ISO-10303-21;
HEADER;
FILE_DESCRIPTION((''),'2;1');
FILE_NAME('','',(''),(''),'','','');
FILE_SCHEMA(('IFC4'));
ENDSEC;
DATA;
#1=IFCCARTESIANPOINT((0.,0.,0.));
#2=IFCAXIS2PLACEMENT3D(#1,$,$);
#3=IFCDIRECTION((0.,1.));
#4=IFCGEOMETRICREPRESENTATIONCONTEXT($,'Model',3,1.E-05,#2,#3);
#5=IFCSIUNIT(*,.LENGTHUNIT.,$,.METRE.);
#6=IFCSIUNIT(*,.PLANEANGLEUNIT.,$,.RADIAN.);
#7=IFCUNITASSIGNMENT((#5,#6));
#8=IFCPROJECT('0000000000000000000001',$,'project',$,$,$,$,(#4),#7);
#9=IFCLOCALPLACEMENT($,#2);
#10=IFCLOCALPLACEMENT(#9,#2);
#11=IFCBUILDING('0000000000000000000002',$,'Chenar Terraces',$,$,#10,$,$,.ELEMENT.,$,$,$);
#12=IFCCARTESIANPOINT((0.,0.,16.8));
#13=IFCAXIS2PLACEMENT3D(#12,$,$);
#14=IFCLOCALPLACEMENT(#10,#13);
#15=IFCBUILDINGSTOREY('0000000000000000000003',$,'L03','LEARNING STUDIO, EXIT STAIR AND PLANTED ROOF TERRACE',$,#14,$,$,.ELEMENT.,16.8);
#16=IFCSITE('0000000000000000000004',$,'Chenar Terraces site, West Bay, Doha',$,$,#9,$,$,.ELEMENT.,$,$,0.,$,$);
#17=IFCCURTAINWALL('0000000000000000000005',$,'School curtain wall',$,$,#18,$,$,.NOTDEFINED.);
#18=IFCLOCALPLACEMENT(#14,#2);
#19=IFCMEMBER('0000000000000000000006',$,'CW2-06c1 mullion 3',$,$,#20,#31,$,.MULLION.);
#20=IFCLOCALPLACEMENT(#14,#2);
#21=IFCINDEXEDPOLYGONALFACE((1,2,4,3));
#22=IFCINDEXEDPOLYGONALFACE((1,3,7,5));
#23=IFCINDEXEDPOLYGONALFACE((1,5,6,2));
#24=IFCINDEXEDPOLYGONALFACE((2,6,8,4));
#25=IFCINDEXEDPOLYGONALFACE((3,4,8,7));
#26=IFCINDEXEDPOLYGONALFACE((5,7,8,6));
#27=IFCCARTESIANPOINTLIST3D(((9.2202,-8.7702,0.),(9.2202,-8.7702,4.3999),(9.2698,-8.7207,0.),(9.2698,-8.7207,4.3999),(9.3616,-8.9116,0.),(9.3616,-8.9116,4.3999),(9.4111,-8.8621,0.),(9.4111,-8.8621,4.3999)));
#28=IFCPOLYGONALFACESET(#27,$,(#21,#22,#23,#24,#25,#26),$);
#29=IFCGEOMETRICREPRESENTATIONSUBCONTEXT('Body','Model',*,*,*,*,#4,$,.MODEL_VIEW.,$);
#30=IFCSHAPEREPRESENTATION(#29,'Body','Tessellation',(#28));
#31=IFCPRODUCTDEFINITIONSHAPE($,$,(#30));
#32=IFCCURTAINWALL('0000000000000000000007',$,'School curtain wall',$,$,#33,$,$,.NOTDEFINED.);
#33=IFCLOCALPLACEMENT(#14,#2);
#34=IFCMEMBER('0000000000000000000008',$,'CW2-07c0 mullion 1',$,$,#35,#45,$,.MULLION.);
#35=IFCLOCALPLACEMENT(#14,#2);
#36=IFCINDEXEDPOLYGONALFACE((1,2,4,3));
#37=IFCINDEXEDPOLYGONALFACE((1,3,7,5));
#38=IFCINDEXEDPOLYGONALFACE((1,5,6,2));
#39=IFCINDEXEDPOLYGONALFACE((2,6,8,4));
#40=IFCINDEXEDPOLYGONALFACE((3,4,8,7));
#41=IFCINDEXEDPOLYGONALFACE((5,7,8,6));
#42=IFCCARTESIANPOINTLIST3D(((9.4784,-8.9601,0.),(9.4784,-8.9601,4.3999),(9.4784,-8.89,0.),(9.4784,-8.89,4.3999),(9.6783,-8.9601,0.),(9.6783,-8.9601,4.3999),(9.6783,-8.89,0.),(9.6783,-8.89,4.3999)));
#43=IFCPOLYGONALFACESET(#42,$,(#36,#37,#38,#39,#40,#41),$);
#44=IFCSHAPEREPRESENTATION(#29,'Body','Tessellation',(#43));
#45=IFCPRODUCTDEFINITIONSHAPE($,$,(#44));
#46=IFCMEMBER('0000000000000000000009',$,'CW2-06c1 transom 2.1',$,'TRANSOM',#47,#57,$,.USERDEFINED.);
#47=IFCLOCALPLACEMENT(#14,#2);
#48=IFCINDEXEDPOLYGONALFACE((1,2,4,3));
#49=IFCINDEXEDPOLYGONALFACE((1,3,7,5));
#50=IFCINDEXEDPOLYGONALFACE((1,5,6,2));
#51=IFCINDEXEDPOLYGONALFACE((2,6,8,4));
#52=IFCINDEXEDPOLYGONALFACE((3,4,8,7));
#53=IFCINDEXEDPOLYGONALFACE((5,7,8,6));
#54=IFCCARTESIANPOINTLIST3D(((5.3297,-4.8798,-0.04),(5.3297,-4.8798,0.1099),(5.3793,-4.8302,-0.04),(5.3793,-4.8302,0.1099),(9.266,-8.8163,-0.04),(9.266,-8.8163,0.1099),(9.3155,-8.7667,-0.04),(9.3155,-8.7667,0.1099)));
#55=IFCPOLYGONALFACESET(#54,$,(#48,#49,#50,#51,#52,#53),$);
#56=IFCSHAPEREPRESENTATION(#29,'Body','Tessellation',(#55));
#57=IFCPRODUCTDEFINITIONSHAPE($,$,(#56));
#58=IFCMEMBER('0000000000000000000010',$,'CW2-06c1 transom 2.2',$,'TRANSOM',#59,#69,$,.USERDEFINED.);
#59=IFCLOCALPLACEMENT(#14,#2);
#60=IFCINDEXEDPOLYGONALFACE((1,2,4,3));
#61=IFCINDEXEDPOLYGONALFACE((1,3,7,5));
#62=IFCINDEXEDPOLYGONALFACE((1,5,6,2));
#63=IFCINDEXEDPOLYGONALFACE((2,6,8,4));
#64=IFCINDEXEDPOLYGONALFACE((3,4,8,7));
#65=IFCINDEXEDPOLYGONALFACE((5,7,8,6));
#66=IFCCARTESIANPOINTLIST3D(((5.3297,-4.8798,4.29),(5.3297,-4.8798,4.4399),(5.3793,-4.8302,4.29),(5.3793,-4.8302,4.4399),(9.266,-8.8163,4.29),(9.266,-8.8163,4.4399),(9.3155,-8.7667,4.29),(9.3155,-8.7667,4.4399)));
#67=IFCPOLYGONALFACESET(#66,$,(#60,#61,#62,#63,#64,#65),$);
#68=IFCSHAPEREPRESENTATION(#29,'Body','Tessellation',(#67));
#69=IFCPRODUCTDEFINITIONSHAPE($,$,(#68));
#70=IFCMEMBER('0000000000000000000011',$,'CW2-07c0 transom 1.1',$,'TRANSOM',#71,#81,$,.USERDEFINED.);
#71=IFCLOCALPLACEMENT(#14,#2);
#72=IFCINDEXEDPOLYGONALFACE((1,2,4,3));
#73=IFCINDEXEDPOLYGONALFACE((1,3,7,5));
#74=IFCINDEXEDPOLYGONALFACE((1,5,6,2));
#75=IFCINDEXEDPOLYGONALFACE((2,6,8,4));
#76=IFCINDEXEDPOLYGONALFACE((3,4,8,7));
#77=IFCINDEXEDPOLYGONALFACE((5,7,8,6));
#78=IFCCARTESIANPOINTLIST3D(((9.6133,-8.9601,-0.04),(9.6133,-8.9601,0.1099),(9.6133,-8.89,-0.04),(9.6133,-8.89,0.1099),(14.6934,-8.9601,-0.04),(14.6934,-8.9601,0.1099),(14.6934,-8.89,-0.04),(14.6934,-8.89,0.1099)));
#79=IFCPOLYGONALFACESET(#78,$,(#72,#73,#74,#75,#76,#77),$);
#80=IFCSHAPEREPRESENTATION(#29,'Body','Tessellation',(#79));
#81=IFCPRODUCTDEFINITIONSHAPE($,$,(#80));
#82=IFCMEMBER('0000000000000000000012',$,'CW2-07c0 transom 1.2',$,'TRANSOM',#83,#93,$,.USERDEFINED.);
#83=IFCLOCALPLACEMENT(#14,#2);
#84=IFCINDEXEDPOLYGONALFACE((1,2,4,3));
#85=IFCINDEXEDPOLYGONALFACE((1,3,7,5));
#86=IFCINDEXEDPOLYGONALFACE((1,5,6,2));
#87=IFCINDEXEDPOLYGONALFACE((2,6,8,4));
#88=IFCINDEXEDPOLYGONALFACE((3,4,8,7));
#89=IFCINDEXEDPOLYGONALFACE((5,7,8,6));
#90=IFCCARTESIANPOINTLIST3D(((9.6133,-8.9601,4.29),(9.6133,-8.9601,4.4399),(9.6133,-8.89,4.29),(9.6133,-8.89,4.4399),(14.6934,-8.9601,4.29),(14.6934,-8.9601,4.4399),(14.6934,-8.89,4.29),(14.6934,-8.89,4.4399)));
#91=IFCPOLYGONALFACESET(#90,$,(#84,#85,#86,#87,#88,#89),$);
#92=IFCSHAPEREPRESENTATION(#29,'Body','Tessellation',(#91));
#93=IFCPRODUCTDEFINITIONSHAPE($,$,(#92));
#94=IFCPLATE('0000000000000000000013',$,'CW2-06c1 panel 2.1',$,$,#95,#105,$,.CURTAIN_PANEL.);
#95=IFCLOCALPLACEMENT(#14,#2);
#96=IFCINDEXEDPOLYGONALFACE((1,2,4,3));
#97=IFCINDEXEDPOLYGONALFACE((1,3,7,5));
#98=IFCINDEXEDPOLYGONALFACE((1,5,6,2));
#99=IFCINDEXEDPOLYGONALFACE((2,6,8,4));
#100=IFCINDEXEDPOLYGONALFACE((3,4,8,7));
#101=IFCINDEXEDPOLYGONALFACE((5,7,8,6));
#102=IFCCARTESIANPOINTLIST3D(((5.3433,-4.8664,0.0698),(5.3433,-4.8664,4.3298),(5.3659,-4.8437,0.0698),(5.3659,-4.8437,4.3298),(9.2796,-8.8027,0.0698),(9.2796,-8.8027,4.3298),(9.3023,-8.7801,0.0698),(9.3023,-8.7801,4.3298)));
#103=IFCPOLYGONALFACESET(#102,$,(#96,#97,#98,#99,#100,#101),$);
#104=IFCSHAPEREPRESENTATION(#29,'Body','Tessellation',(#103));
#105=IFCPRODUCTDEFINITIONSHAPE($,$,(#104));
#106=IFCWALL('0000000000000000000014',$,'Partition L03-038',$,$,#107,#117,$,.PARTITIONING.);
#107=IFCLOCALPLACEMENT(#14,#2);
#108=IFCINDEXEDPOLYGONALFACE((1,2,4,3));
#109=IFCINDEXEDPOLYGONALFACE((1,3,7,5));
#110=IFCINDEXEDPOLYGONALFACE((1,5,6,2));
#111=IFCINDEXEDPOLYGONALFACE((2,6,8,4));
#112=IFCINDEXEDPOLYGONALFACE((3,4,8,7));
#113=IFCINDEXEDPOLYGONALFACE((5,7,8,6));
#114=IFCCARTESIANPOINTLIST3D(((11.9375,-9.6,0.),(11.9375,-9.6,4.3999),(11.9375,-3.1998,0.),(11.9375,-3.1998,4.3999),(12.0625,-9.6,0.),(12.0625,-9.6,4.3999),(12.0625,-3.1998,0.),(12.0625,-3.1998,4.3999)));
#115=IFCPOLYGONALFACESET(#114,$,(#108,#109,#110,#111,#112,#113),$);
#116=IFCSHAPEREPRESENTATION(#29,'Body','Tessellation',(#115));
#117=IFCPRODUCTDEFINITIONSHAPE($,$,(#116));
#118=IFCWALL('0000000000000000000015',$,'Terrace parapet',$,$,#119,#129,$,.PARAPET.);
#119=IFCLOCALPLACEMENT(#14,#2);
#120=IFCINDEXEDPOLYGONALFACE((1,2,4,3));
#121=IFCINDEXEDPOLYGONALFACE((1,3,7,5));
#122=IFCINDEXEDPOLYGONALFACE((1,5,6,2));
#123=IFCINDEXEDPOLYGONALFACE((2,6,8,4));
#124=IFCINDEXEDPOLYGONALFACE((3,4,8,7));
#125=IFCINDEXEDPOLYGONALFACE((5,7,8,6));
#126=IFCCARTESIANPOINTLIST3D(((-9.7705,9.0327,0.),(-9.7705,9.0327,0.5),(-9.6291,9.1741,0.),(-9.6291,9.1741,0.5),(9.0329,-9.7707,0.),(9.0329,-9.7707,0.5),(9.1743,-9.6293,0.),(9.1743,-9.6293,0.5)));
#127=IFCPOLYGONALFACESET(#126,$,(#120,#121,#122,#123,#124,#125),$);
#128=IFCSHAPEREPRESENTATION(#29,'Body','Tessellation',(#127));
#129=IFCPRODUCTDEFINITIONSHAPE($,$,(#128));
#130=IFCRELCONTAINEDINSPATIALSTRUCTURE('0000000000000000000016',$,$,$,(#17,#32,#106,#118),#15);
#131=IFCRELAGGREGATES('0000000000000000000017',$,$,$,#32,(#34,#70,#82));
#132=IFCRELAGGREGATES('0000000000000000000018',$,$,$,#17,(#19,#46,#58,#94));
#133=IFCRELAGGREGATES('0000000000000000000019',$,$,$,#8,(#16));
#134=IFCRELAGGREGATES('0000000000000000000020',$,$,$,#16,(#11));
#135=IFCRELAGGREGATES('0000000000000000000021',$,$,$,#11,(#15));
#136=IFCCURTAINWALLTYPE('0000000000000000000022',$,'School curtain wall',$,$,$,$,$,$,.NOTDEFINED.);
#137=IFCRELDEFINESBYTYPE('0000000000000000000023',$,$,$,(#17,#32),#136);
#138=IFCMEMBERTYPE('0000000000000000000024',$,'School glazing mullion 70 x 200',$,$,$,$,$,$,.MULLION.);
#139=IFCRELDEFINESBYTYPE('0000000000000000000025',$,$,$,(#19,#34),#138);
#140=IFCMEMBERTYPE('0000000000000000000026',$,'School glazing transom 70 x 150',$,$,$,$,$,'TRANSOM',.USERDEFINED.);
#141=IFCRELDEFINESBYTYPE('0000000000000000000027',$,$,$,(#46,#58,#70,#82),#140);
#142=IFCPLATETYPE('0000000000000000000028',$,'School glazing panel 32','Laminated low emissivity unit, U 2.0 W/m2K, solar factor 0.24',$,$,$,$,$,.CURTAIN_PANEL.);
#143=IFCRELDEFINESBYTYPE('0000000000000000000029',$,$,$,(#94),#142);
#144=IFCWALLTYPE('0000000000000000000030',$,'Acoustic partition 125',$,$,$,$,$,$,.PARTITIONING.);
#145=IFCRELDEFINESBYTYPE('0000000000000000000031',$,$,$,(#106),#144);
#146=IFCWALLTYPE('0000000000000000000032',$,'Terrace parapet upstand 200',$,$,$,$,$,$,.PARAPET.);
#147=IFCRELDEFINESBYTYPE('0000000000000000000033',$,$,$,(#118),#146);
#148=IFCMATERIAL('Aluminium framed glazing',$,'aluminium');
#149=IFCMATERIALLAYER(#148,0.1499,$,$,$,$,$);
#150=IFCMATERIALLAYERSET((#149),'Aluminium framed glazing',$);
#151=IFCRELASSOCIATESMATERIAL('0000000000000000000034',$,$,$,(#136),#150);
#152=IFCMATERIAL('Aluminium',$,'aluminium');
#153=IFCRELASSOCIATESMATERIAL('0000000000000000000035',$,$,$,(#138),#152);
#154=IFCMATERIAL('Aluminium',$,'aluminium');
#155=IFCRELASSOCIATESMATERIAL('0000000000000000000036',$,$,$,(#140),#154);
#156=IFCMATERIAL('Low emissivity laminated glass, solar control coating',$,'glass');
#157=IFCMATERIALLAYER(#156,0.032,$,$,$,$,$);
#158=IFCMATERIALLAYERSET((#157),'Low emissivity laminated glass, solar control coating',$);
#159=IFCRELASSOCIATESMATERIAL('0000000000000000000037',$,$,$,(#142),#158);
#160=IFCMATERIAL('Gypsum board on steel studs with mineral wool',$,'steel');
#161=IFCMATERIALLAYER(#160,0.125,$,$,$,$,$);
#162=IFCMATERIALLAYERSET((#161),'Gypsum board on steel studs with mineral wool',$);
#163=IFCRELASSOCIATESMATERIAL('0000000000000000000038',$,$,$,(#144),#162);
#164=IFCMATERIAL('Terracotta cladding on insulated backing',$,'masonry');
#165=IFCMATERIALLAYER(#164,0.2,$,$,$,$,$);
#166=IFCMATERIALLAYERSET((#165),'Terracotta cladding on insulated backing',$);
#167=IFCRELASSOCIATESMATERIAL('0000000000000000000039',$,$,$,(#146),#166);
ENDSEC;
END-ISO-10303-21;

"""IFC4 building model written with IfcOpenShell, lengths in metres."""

from ifc_helpers import new_model, si_unit, direction, frame, frame_2d, origin, origin_2d, place, context, subcontext, project, spatial, rectangle, extrude, material, layer, layer_set, material_profile, profile_set, type_object, element, aggregate, save


model = new_model("IFC4")

# Units and contexts
model_context = context("Model", 3, precision=1e-05, world=origin(), true_north=direction((0.0, 1.0)))
body_context = subcontext(model_context, "Body", "Model", "MODEL_VIEW")
ifc_project = project(units=[si_unit("LENGTHUNIT", "METRE"), si_unit("PLANEANGLEUNIT", "RADIAN")], contexts=[model_context])

# Site, building, storey
site_placement = place(None, origin())
site = spatial("IfcSite", under=ifc_project, at=site_placement, Name="Chenar Terraces site, West Bay, Doha", CompositionType="ELEMENT", RefElevation=0.0)
building_placement = place(site_placement, origin())
building = spatial("IfcBuilding", under=site, at=building_placement, Name="Chenar Terraces", CompositionType="ELEMENT")
storey_placement = place(building_placement, frame((0.0, 0.0, 16.8)))
storey = spatial("IfcBuildingStorey", under=building, at=storey_placement, Name="L03", Description="LEARNING STUDIO, EXIT STAIR AND PLANTED ROOF TERRACE", CompositionType="ELEMENT", Elevation=16.8)

# Curtain walls, members
ifc_material_1 = material(Name="Aluminium framed glazing", Category="aluminium")
ifc_layer_1 = layer(ifc_material_1, 0.1499)
ifc_layer_set_1 = layer_set([ifc_layer_1], Name="Aluminium framed glazing")
curtain_wall_type = type_object("IfcCurtainWallType", Name="School curtain wall", PredefinedType="NOTDEFINED", material=ifc_layer_set_1)
placement = place(storey_placement, origin())
curtain_wall_1 = element("IfcCurtainWall", 1, at=placement, inside=storey, type_object=curtain_wall_type, Name="School curtain wall", PredefinedType="NOTDEFINED")
ifc_material_2 = material(Name="Aluminium", Category="aluminium")
ifc_material_profile_1 = material_profile(ifc_material_2, rectangle(XDim=0.0701, YDim=0.2, at=origin_2d()), Name="School glazing mullion 70 x 200")
ifc_profile_set_1 = profile_set([ifc_material_profile_1], Name="Aluminium")
member_type_1 = type_object("IfcMemberType", Name="School glazing mullion 70 x 200", PredefinedType="MULLION", material=ifc_profile_set_1)
member_1_placement = place(storey_placement, frame((9.3157, -8.8162, 0.0), z_axis=(0.0, 0.0, 1.0), x_axis=(0.707107, 0.707107, 0.0)))
member_1 = element("IfcMember", 2, at=member_1_placement, type_object=member_type_1, Name="CW2-06c1 mullion 3", PredefinedType="MULLION", context=body_context, shape_type="SweptSolid", body=[
    extrude(rectangle(XDim=0.0701, YDim=0.2, at=origin_2d()), origin(), (0.0, 0.0, 1.0), 4.3999),
])
curtain_wall_2 = element("IfcCurtainWall", 3, at=placement, inside=storey, type_object=curtain_wall_type, Name="School curtain wall", PredefinedType="NOTDEFINED")
member_2_placement = place(storey_placement, frame((9.5784, -8.925, 0.0), z_axis=(0.0, 0.0, 1.0), x_axis=(0.0, 1.0, 0.0)))
member_2 = element("IfcMember", 4, at=member_2_placement, type_object=member_type_1, Name="CW2-07c0 mullion 1", PredefinedType="MULLION", context=body_context, shape_type="SweptSolid", body=[
    extrude(rectangle(XDim=0.0701, YDim=0.2, at=origin_2d()), origin(), (0.0, 0.0, 1.0), 4.3999),
])

# Members
ifc_material_3 = material(Name="Aluminium", Category="aluminium")
ifc_material_profile_2 = material_profile(ifc_material_3, rectangle(XDim=0.0701, YDim=0.1499, at=origin_2d()), Name="School glazing transom 70 x 150")
ifc_profile_set_2 = profile_set([ifc_material_profile_2], Name="Aluminium")
member_type_2 = type_object("IfcMemberType", Name="School glazing transom 70 x 150", ElementType="TRANSOM", PredefinedType="USERDEFINED", material=ifc_profile_set_2)
member_3_placement = place(storey_placement, frame((5.3545, -4.855, 0.0349), z_axis=(0.707085, -0.707129, 0.0), x_axis=(0.707129, 0.707085, 0.0)))
member_3 = element("IfcMember", 5, at=member_3_placement, type_object=member_type_2, Name="CW2-06c1 transom 2.1", ObjectType="TRANSOM", PredefinedType="USERDEFINED", context=body_context, shape_type="SweptSolid", body=[
    extrude(rectangle(XDim=0.0701, YDim=0.1499, at=origin_2d()), origin(), (0.0, 0.0, 1.0), 5.5669),
])
member_4_placement = place(storey_placement, frame((5.3545, -4.855, 4.365), z_axis=(0.707085, -0.707129, 0.0), x_axis=(0.707129, 0.707085, 0.0)))
member_4 = element("IfcMember", 6, at=member_4_placement, type_object=member_type_2, Name="CW2-06c1 transom 2.2", ObjectType="TRANSOM", PredefinedType="USERDEFINED", context=body_context, shape_type="SweptSolid", body=[
    extrude(rectangle(XDim=0.0701, YDim=0.1499, at=origin_2d()), origin(), (0.0, 0.0, 1.0), 5.5669),
])
member_5_placement = place(storey_placement, frame((9.6133, -8.925, 0.0349), z_axis=(1.0, 0.0, 0.0), x_axis=(0.0, 1.0, 0.0)))
member_5 = element("IfcMember", 7, at=member_5_placement, type_object=member_type_2, Name="CW2-07c0 transom 1.1", ObjectType="TRANSOM", PredefinedType="USERDEFINED", context=body_context, shape_type="SweptSolid", body=[
    extrude(rectangle(XDim=0.0701, YDim=0.1499, at=origin_2d()), origin(), (0.0, 0.0, 1.0), 5.0801),
])
member_6_placement = place(storey_placement, frame((9.6133, -8.925, 4.365), z_axis=(1.0, 0.0, 0.0), x_axis=(0.0, 1.0, 0.0)))
member_6 = element("IfcMember", 8, at=member_6_placement, type_object=member_type_2, Name="CW2-07c0 transom 1.2", ObjectType="TRANSOM", PredefinedType="USERDEFINED", context=body_context, shape_type="SweptSolid", body=[
    extrude(rectangle(XDim=0.0701, YDim=0.1499, at=origin_2d()), origin(), (0.0, 0.0, 1.0), 5.0801),
])
aggregate(curtain_wall_2, [member_2, member_5, member_6])

# Plate
ifc_material_4 = material(Name="Low emissivity laminated glass, solar control coating", Category="glass")
ifc_layer_2 = layer(ifc_material_4, 0.032)
ifc_layer_set_2 = layer_set([ifc_layer_2], Name="Low emissivity laminated glass, solar control coating")
plate_type = type_object("IfcPlateType", Name="School glazing panel 32", Description="Laminated low emissivity unit, U 2.0 W/m2K, solar factor 0.24", PredefinedType="CURTAIN_PANEL", material=ifc_layer_set_2)
plate_placement = place(storey_placement, frame((7.3228, -6.8232, 0.0698), z_axis=(0.0, 0.0, 1.0), x_axis=(0.707107, -0.707107, 0.0)))
plate = element("IfcPlate", 9, at=plate_placement, type_object=plate_type, Name="CW2-06c1 panel 2.1", PredefinedType="CURTAIN_PANEL", context=body_context, shape_type="SweptSolid", body=[
    extrude(rectangle(XDim=5.5669, YDim=0.032, at=origin_2d()), origin(), (0.0, 0.0, 1.0), 4.26),
])
aggregate(curtain_wall_1, [member_1, member_3, member_4, plate])

# Walls
ifc_material_5 = material(Name="Gypsum board on steel studs with mineral wool", Category="steel")
ifc_layer_3 = layer(ifc_material_5, 0.125)
ifc_layer_set_3 = layer_set([ifc_layer_3], Name="Gypsum board on steel studs with mineral wool")
wall_type_1 = type_object("IfcWallType", Name="Acoustic partition 125", PredefinedType="PARTITIONING", material=ifc_layer_set_3)
wall_1_placement = place(storey_placement, frame((12.0, -9.6001, 0.0), z_axis=(0.0, 0.0, 1.0), x_axis=(0.0, 1.0, 0.0)))
element("IfcWall", 10, at=wall_1_placement, inside=storey, type_object=wall_type_1, Name="Partition L03-038", PredefinedType="PARTITIONING", context=body_context, shape_type="SweptSolid", body=[
    extrude(rectangle(XDim=6.4001, YDim=0.125, at=frame_2d((3.2002, 0.0))), origin(), (0.0, 0.0, 1.0), 4.3999),
])
ifc_material_6 = material(Name="Terracotta cladding on insulated backing", Category="masonry")
ifc_layer_4 = layer(ifc_material_6, 0.2)
ifc_layer_set_4 = layer_set([ifc_layer_4], Name="Terracotta cladding on insulated backing")
wall_type_2 = type_object("IfcWallType", Name="Terrace parapet upstand 200", PredefinedType="PARAPET", material=ifc_layer_set_4)
wall_2_placement = place(storey_placement, frame((9.1035, -9.7, 0.0), z_axis=(0.0, 0.0, 1.0), x_axis=(-0.707107, 0.707107, 0.0)))
element("IfcWall", 11, at=wall_2_placement, inside=storey, type_object=wall_type_2, Name="Terrace parapet", PredefinedType="PARAPET", context=body_context, shape_type="SweptSolid", body=[
    extrude(rectangle(XDim=26.592, YDim=0.2, at=frame_2d((13.2959, 0.0))), origin(), (0.0, 0.0, 1.0), 0.5),
])

save(model, "model.ifc")
